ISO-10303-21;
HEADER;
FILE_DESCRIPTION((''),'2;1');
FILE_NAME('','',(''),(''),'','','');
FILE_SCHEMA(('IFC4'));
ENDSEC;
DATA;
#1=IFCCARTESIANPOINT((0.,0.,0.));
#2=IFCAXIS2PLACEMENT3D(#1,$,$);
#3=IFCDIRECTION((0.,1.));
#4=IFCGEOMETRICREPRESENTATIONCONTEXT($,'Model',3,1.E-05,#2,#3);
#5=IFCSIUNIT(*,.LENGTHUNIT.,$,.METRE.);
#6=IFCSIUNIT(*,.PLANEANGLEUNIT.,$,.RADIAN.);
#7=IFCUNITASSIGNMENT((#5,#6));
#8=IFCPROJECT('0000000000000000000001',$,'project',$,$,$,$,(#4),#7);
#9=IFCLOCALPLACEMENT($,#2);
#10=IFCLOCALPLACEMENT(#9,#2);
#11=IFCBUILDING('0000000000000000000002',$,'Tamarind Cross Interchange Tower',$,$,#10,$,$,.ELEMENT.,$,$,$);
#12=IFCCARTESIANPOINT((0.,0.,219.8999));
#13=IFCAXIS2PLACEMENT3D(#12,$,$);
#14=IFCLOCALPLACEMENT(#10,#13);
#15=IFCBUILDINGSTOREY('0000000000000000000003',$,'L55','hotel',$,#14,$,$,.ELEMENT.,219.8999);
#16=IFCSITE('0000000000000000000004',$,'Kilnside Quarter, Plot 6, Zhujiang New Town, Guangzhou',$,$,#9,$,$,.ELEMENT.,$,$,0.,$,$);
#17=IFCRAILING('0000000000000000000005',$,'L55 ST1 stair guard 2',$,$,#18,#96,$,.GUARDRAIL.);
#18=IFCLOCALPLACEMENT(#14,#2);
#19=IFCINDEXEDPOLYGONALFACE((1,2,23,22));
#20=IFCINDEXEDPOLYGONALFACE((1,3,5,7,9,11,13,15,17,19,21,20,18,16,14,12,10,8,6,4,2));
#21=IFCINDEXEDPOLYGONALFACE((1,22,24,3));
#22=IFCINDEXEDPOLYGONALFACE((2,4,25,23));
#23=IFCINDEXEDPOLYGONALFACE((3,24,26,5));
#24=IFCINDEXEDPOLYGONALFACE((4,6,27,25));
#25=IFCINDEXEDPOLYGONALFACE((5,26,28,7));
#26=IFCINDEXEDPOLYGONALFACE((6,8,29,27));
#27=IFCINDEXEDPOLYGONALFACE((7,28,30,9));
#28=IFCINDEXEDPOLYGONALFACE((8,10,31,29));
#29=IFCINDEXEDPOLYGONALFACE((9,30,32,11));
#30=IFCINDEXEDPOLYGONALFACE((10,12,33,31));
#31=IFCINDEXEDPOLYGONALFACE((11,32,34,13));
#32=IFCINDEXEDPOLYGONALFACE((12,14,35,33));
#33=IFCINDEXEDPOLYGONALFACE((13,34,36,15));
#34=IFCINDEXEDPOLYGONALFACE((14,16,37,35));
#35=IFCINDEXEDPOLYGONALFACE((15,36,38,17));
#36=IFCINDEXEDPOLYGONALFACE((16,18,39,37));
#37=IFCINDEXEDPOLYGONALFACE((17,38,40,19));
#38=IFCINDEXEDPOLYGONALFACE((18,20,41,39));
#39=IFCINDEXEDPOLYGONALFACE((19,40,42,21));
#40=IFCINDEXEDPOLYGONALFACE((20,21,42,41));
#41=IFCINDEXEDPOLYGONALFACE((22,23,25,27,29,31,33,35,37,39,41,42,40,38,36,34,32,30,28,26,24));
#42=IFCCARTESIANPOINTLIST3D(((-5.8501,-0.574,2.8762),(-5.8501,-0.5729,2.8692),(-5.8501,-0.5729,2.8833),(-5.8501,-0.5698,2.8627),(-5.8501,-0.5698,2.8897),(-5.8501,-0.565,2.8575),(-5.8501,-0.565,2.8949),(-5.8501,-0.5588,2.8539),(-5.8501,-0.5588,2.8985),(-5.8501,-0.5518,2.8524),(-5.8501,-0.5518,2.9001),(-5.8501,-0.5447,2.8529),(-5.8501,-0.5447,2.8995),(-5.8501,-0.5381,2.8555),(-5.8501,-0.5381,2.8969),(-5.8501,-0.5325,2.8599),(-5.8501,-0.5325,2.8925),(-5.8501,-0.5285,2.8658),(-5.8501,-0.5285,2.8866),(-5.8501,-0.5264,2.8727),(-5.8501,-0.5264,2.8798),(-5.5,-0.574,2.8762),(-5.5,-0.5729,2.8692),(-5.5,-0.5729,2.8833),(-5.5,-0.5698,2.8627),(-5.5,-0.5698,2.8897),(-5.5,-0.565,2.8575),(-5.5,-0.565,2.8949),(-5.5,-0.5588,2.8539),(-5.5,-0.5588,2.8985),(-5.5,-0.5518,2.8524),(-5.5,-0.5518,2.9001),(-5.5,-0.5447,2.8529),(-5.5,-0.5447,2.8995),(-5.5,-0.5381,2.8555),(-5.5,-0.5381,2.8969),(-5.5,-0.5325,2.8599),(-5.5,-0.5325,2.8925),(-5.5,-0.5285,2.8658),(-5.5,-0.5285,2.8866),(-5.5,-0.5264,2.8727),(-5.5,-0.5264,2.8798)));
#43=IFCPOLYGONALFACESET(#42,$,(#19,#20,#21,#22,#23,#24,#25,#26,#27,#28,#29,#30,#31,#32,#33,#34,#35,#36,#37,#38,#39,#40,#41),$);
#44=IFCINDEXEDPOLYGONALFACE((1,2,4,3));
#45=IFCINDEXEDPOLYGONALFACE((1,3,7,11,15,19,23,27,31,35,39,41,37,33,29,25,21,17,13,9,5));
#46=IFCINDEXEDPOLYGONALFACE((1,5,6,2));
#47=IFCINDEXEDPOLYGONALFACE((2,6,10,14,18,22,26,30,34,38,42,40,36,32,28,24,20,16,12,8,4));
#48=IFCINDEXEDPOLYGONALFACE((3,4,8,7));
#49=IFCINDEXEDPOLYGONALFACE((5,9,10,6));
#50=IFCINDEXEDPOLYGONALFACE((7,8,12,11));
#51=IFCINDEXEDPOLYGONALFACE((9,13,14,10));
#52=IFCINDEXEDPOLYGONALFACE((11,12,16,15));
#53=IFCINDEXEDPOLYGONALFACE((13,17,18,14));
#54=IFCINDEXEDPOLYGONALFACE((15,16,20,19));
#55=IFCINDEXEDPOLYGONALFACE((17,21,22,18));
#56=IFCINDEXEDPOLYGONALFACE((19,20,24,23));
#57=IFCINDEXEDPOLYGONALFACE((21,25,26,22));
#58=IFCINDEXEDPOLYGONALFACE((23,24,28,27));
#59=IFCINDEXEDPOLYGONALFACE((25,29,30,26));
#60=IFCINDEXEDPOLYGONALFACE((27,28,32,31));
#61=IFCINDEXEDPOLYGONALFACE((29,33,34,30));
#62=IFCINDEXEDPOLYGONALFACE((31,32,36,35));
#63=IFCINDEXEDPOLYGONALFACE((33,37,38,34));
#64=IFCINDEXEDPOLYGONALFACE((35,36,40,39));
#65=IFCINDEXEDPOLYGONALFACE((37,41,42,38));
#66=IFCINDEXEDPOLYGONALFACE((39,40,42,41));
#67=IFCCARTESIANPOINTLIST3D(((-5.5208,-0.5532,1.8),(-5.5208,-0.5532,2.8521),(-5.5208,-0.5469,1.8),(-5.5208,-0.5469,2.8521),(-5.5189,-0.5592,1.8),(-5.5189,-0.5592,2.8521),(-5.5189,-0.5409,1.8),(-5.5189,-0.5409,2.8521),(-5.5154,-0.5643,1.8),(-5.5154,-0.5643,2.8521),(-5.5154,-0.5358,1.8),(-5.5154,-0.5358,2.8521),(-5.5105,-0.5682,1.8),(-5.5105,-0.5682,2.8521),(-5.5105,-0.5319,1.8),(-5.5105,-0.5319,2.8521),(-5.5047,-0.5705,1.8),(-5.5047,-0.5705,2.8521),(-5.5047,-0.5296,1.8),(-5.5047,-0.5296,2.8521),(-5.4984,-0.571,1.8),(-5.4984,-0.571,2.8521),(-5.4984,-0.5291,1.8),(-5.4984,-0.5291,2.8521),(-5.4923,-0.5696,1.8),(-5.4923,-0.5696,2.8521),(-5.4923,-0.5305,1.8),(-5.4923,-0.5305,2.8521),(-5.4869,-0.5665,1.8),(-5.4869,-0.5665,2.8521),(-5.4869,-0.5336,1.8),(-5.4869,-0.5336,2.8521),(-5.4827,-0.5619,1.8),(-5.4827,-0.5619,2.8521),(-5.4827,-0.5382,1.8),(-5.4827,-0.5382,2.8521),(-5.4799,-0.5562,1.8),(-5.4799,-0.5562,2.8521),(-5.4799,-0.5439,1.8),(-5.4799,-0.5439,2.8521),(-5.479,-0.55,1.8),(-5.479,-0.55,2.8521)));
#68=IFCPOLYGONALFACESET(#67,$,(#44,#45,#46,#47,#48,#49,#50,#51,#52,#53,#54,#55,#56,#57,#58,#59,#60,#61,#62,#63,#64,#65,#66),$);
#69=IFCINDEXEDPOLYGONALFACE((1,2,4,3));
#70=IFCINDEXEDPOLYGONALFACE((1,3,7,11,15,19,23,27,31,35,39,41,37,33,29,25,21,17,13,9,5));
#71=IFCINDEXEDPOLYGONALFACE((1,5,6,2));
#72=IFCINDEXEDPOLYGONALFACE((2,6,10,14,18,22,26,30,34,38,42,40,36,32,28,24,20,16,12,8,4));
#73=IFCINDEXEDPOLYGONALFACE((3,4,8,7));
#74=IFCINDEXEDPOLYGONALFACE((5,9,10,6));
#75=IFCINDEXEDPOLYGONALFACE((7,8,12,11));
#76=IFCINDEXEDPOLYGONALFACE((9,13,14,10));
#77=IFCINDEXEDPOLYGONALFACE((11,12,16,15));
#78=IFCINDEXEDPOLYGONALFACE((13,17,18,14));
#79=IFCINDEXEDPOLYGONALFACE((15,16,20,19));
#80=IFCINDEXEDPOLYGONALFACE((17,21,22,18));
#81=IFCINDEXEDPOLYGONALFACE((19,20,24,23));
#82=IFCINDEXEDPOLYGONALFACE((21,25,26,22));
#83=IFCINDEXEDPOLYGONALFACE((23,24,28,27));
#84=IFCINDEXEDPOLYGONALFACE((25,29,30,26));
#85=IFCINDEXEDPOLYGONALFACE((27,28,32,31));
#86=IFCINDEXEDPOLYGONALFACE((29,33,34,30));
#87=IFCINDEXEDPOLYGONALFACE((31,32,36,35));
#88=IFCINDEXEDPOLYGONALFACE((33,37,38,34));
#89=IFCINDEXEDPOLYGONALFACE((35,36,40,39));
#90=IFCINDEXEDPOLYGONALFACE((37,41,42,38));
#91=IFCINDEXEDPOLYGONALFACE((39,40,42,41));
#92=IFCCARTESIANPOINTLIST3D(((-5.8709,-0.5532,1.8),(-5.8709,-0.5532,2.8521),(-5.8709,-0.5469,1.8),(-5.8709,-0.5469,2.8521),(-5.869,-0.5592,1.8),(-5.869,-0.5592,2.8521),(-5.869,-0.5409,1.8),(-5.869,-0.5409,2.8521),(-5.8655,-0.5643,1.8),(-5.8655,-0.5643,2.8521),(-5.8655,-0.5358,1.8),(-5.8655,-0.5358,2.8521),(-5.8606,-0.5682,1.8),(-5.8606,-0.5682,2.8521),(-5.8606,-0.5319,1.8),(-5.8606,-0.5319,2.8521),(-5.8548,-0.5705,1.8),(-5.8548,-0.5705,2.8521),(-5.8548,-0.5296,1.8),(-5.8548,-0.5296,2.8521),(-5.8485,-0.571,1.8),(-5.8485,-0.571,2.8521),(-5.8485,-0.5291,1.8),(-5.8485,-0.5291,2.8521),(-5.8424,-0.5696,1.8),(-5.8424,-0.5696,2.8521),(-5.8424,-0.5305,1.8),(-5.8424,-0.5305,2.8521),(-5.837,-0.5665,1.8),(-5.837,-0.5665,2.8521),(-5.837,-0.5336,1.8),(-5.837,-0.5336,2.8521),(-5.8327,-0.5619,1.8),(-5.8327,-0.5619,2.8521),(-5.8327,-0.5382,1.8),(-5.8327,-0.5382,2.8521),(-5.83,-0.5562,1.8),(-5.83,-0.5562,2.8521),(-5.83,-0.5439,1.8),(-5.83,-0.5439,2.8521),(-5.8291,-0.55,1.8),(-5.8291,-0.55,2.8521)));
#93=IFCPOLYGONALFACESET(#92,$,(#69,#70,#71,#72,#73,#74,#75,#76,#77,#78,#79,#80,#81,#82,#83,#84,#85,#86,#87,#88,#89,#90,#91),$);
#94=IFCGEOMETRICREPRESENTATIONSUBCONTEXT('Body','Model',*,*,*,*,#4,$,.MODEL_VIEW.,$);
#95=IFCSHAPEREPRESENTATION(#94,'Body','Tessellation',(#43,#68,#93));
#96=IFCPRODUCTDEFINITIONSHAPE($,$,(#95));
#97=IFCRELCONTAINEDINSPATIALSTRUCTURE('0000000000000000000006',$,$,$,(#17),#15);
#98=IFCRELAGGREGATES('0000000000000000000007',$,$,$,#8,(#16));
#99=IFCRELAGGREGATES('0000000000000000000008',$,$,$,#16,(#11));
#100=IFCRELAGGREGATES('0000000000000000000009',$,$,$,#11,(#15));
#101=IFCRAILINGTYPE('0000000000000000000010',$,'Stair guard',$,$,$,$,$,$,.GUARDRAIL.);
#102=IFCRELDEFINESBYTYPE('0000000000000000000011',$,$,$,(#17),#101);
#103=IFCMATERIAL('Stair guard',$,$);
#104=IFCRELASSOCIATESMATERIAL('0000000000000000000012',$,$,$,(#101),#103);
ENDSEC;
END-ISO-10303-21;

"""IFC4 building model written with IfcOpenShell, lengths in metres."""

from ifc_helpers import new_model, si_unit, direction, frame, origin, origin_2d, place, context, subcontext, project, spatial, circle, extrude, material, type_object, element, save


model = new_model("IFC4")

# Units and contexts
model_context = context("Model", 3, precision=1e-05, world=origin(), true_north=direction((0.0, 1.0)))
body_context = subcontext(model_context, "Body", "Model", "MODEL_VIEW")
ifc_project = project(units=[si_unit("LENGTHUNIT", "METRE"), si_unit("PLANEANGLEUNIT", "RADIAN")], contexts=[model_context])

# Site, building, storey
site_placement = place(None, origin())
site = spatial("IfcSite", under=ifc_project, at=site_placement, Name="Kilnside Quarter, Plot 6, Zhujiang New Town, Guangzhou", CompositionType="ELEMENT", RefElevation=0.0)
building_placement = place(site_placement, origin())
building = spatial("IfcBuilding", under=site, at=building_placement, Name="Tamarind Cross Interchange Tower", CompositionType="ELEMENT")
storey_placement = place(building_placement, frame((0.0, 0.0, 219.8999)))
storey = spatial("IfcBuildingStorey", under=building, at=storey_placement, Name="L55", Description="hotel", CompositionType="ELEMENT", Elevation=219.8999)

# Railing
ifc_material_1 = material(Name="Stair guard")
railing_type_1 = type_object("IfcRailingType", Name="Stair guard", PredefinedType="GUARDRAIL", material=ifc_material_1)
railing_1_placement = place(storey_placement, frame((-5.5, -0.55, 1.8)))
element("IfcRailing", 1, at=railing_1_placement, inside=storey, type_object=railing_type_1, Name="L55 ST1 stair guard 2", PredefinedType="GUARDRAIL", context=body_context, shape_type="SweptSolid", body=[
    extrude(circle(Radius=0.0239, at=origin_2d()), frame((0.0, 0.0, 1.0762), z_axis=(-1.0, 0.0, 0.0), x_axis=(0.0, -1.0, 0.0)), (0.0, 0.0, 1.0), 0.3501),
    extrude(circle(Radius=0.021, at=origin_2d()), origin(), (0.0, 0.0, 1.0), 1.052),
    extrude(circle(Radius=0.021, at=origin_2d()), frame((-0.3501, 0.0, 0.0)), (0.0, 0.0, 1.0), 1.052),
])

save(model, "model.ifc")
